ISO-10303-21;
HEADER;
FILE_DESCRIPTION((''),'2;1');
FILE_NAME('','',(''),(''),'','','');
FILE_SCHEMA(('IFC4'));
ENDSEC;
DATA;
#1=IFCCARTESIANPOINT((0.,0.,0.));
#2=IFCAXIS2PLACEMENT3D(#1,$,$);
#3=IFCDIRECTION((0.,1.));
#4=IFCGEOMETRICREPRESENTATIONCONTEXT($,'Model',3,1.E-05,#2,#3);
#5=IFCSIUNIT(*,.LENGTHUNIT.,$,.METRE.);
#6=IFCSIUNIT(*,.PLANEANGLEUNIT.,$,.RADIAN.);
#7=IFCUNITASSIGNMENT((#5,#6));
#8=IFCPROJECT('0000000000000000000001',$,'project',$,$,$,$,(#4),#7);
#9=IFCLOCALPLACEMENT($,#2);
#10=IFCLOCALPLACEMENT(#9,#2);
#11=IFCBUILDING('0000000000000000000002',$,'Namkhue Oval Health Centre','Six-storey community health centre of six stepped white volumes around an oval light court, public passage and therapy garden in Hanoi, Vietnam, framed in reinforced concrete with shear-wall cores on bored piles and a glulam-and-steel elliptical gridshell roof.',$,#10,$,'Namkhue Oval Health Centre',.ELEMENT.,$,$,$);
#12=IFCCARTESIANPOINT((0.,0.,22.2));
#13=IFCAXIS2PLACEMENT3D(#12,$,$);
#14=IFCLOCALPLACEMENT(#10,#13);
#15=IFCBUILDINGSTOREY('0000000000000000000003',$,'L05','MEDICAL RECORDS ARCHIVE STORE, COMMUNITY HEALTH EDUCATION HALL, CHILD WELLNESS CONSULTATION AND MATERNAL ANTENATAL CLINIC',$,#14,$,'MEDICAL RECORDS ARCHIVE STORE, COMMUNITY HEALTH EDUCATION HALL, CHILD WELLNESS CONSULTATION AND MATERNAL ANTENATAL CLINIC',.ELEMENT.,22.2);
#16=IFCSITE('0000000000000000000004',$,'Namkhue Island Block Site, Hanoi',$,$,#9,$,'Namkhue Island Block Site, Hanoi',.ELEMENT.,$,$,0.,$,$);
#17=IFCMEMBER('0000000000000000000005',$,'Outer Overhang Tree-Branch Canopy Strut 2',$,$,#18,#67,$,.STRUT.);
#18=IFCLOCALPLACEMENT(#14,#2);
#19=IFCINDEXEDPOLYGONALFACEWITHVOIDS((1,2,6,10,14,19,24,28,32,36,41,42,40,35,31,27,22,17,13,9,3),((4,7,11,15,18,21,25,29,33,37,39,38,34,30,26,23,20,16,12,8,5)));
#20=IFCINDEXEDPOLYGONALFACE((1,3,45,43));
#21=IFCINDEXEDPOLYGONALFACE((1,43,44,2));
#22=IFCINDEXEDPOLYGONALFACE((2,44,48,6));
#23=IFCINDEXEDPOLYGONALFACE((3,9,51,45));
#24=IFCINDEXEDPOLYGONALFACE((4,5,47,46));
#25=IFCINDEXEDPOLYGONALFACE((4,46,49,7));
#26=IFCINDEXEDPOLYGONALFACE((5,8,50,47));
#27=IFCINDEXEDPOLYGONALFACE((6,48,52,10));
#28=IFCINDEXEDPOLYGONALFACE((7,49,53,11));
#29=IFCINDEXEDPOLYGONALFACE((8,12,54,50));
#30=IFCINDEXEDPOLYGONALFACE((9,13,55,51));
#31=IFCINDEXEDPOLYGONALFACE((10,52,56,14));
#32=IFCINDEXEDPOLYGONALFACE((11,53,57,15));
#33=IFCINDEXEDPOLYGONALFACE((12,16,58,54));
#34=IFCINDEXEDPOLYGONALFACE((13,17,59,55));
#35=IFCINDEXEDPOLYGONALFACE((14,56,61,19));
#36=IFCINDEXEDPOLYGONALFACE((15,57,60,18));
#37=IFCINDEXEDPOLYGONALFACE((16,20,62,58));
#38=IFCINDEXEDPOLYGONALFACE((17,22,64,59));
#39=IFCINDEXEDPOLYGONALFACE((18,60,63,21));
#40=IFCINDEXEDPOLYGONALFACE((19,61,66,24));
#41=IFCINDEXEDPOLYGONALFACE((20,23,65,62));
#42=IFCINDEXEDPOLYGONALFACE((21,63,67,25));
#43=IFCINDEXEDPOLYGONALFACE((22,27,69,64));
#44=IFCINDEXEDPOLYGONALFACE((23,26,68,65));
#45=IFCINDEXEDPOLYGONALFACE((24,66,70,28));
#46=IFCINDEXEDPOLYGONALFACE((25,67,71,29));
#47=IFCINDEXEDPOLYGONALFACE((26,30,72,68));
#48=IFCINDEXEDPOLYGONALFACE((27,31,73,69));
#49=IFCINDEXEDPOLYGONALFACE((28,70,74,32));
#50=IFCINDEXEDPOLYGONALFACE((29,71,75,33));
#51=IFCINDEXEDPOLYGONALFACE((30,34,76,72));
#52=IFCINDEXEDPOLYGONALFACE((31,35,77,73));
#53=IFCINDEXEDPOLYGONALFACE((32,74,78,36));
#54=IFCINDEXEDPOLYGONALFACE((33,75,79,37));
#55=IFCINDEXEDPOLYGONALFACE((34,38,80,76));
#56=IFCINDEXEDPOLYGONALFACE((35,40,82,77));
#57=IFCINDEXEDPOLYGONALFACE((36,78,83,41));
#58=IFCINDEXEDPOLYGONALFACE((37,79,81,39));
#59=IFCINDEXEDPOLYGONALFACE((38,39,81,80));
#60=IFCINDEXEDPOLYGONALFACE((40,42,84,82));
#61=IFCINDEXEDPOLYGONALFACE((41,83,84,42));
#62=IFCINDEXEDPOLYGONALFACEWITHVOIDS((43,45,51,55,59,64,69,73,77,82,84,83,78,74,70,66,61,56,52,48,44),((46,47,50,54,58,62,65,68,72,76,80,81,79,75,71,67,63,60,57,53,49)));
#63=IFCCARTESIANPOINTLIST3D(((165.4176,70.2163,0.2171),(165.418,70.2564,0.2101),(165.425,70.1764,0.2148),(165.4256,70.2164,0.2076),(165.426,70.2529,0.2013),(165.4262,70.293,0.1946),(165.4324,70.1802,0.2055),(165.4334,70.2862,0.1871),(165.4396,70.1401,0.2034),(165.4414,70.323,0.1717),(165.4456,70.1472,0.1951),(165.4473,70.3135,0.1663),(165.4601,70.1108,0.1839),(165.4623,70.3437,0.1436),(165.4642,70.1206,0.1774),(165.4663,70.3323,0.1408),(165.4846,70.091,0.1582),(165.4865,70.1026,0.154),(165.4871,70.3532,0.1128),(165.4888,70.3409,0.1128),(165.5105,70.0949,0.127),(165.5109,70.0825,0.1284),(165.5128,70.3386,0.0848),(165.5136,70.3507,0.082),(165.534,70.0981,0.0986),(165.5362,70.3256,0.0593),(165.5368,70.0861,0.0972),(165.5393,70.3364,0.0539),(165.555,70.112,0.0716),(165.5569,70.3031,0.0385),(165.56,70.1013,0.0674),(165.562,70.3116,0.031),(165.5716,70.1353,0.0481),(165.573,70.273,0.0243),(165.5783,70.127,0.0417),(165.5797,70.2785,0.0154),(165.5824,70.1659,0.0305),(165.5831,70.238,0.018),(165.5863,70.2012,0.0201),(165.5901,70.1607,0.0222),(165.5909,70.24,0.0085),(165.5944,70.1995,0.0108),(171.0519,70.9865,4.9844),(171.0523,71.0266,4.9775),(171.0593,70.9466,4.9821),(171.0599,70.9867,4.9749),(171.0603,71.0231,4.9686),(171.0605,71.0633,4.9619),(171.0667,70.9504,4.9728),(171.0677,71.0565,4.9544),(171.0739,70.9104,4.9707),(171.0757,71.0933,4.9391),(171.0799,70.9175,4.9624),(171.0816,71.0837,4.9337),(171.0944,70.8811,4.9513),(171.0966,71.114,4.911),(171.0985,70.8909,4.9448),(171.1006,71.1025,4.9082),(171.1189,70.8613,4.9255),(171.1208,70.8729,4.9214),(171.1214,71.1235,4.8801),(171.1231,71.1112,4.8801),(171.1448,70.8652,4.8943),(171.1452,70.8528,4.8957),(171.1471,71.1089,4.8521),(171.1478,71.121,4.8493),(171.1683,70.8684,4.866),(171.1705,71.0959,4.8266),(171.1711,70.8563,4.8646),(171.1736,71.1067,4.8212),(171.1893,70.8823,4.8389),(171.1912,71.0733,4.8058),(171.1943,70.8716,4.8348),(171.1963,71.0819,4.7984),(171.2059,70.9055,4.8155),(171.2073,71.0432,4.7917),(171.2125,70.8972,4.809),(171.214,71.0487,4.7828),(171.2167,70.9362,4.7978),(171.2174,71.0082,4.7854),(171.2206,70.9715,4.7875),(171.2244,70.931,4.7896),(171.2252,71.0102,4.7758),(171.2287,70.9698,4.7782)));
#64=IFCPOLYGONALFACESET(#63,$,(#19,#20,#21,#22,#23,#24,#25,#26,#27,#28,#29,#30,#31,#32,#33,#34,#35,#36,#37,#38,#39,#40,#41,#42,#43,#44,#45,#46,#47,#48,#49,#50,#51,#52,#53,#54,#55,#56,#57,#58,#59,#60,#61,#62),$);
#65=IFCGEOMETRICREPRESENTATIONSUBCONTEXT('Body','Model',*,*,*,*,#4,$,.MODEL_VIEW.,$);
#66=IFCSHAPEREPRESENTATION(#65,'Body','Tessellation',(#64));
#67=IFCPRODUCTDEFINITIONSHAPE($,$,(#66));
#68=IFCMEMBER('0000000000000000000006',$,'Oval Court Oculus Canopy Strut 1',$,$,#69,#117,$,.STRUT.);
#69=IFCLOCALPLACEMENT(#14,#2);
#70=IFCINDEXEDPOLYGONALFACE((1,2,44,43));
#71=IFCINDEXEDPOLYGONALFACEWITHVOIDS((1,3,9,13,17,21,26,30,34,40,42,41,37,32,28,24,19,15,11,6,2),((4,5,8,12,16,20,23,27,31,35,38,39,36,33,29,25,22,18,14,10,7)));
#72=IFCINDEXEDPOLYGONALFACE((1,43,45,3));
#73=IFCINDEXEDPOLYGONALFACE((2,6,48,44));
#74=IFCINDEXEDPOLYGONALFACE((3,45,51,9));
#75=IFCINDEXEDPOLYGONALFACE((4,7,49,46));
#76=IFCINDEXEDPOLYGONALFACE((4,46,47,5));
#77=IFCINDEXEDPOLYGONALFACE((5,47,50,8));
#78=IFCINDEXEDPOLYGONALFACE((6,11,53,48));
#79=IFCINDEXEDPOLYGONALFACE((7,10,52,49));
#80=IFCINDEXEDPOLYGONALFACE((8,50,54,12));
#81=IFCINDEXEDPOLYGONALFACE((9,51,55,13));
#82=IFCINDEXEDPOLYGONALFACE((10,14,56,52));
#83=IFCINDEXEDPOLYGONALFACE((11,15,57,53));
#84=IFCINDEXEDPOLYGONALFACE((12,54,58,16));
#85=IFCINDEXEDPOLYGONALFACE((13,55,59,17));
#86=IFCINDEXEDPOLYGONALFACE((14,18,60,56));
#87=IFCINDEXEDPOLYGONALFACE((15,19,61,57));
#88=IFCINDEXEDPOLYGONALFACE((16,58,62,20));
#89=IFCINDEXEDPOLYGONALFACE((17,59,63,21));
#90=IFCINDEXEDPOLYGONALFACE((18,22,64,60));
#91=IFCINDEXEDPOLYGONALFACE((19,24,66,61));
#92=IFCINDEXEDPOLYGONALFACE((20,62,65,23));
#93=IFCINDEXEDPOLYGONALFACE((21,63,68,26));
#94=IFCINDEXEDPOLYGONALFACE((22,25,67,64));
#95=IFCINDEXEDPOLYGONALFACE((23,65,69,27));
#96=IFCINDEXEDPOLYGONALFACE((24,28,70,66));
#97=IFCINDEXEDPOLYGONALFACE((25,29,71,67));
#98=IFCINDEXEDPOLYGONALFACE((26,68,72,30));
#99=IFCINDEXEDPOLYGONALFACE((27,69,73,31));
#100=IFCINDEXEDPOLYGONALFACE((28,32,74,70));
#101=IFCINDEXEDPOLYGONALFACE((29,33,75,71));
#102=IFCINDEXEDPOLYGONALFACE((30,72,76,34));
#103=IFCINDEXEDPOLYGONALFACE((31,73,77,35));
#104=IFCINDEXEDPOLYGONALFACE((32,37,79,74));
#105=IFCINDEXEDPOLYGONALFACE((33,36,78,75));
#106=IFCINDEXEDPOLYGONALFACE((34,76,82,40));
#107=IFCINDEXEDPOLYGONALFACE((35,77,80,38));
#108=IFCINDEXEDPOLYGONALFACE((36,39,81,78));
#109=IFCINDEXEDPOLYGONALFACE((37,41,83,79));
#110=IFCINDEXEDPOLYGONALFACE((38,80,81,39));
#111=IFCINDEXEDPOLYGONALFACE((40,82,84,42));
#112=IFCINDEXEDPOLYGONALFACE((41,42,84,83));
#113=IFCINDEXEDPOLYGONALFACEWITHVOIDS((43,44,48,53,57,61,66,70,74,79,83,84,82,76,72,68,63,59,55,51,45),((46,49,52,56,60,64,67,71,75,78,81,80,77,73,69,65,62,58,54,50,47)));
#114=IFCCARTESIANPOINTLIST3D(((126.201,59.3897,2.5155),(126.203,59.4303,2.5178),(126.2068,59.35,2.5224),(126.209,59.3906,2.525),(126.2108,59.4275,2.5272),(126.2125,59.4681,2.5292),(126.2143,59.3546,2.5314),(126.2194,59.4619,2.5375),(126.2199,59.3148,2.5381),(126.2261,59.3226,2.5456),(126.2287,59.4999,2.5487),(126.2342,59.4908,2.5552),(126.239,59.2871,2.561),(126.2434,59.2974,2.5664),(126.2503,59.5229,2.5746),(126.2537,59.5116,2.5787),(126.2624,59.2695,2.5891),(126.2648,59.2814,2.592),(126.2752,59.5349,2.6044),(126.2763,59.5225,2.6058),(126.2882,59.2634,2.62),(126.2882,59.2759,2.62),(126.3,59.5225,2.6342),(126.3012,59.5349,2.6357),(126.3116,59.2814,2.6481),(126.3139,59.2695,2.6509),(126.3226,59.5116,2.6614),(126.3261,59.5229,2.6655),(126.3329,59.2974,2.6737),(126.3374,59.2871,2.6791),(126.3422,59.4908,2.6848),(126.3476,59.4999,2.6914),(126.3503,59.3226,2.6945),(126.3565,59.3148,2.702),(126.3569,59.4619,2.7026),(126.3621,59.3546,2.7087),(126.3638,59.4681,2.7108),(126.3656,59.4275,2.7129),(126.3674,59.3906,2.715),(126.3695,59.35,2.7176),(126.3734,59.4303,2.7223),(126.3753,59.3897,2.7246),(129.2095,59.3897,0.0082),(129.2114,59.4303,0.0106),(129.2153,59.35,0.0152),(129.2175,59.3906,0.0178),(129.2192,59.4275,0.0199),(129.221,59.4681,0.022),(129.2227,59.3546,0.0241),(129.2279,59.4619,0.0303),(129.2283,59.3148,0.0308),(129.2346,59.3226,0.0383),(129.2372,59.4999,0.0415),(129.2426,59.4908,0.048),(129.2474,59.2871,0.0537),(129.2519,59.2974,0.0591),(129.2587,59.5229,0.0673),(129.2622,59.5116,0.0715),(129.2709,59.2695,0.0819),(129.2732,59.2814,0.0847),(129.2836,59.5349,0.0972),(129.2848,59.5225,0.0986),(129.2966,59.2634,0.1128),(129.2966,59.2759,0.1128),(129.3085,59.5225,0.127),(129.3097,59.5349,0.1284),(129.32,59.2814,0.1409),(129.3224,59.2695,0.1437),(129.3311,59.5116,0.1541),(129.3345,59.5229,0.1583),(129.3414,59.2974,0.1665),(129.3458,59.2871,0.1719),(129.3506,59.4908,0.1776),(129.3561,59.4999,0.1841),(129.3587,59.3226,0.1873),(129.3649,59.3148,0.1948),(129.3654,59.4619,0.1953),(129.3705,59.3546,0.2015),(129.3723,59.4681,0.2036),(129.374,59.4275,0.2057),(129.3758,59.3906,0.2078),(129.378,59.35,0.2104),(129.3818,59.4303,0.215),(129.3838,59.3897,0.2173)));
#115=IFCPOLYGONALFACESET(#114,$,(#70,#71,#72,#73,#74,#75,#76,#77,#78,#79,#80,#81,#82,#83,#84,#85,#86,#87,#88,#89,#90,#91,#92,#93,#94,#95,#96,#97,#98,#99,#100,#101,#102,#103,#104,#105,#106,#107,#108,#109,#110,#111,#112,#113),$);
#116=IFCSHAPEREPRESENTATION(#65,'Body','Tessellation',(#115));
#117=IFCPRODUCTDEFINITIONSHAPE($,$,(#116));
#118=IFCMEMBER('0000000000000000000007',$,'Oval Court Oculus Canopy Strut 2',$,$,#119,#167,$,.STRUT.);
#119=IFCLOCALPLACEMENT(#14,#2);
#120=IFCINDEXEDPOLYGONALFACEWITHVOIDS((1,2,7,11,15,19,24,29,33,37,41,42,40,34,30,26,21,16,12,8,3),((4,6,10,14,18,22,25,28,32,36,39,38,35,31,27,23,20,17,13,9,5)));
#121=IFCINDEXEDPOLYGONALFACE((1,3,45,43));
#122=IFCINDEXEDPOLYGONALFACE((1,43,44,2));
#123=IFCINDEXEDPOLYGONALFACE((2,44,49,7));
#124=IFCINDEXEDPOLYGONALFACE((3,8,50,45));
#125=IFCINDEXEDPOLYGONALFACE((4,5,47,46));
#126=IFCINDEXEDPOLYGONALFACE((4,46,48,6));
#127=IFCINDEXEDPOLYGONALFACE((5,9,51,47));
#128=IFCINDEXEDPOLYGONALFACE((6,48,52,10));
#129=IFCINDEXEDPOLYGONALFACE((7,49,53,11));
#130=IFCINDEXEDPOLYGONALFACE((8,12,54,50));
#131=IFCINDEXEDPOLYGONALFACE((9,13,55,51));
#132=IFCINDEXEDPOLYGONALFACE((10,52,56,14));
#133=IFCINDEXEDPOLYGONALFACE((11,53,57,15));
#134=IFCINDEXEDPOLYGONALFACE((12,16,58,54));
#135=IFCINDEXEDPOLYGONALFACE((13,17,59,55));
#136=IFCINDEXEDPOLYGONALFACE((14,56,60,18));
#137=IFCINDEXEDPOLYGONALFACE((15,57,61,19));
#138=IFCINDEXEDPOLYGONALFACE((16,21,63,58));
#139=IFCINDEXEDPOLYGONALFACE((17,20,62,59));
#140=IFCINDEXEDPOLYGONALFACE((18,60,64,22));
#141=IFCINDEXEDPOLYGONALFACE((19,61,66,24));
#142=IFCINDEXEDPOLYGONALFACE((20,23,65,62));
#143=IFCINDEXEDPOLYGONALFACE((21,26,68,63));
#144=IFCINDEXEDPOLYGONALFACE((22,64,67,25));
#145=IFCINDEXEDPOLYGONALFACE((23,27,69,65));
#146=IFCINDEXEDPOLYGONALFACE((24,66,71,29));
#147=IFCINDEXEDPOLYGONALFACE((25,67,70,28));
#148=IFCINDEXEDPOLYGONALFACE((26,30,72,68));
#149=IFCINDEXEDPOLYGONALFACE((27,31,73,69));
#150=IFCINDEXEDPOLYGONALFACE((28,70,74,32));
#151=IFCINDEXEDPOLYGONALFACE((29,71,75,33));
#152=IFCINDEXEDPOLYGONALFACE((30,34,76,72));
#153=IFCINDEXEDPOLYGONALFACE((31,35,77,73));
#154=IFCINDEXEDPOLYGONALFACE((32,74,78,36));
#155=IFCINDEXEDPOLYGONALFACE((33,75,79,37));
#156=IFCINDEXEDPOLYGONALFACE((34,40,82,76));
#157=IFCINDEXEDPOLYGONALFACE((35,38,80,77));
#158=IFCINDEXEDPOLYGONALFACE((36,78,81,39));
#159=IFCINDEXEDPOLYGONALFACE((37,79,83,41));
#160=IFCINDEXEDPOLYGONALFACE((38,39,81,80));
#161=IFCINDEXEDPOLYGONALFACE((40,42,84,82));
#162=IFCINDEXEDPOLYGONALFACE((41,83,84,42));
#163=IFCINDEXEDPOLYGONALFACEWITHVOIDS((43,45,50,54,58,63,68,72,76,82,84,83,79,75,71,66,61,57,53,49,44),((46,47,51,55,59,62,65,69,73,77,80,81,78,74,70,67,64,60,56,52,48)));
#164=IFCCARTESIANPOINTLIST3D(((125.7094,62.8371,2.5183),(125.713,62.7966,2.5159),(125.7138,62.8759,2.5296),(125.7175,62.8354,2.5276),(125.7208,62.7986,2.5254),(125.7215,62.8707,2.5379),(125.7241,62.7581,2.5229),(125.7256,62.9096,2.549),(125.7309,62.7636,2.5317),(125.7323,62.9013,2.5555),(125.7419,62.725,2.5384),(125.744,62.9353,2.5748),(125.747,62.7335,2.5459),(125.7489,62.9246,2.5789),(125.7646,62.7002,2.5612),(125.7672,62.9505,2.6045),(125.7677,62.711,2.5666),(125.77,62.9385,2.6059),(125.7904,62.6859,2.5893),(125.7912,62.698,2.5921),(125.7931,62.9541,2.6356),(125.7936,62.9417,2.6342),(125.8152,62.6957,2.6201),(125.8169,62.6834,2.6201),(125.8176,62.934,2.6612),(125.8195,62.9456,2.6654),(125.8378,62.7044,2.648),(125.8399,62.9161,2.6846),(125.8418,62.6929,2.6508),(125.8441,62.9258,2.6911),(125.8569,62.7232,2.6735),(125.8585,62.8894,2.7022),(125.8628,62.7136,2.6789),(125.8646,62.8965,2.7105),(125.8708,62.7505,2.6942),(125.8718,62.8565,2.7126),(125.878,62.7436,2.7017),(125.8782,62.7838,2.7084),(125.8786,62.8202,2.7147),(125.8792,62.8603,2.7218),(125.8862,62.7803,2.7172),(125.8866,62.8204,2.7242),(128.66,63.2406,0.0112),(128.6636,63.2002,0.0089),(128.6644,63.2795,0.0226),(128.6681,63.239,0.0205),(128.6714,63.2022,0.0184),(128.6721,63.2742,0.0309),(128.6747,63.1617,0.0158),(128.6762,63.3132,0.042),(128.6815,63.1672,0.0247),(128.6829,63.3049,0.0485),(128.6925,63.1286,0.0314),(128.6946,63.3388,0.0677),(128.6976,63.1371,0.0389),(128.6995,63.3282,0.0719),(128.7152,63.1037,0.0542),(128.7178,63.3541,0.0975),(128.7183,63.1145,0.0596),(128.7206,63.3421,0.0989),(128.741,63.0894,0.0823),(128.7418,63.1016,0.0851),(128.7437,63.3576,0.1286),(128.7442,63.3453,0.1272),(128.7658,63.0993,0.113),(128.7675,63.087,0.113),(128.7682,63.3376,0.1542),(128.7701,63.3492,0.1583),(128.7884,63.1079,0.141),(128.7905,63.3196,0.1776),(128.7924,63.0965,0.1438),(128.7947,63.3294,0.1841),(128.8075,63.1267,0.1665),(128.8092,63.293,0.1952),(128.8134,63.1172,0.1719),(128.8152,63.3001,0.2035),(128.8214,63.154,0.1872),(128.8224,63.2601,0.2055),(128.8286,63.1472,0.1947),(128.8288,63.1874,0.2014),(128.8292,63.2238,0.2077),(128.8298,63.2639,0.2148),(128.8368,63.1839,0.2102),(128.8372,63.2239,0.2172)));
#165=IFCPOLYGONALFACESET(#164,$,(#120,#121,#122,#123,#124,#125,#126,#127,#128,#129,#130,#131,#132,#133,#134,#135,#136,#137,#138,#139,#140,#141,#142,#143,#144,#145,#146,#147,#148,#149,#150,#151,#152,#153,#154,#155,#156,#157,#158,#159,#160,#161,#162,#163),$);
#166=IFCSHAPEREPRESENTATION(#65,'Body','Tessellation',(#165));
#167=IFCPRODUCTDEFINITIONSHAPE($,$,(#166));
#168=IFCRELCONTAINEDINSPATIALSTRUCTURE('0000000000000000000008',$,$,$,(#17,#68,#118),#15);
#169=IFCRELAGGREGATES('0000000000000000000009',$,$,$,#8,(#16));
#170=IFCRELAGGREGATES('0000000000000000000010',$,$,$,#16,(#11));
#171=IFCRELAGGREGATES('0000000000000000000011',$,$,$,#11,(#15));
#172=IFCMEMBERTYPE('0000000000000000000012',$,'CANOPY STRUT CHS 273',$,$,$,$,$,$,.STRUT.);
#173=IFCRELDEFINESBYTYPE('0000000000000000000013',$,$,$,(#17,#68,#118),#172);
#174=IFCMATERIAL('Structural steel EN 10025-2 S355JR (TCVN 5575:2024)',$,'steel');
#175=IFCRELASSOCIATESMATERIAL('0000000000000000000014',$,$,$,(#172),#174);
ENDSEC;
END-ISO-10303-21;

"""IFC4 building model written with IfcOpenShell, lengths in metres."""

from ifc_helpers import new_model, si_unit, direction, frame, origin, origin_2d, place, context, subcontext, project, spatial, hollow_circle, extrude, material, material_profile, profile_set, type_object, element, save


model = new_model("IFC4")

# Units and contexts
model_context = context("Model", 3, precision=1e-05, world=origin(), true_north=direction((0.0, 1.0)))
body_context = subcontext(model_context, "Body", "Model", "MODEL_VIEW")
ifc_project = project(units=[si_unit("LENGTHUNIT", "METRE"), si_unit("PLANEANGLEUNIT", "RADIAN")], contexts=[model_context])

# Site, building, storey
site_placement = place(None, origin())
site = spatial("IfcSite", under=ifc_project, at=site_placement, Name="Namkhue Island Block Site, Hanoi", LongName="Namkhue Island Block Site, Hanoi", CompositionType="ELEMENT", RefElevation=0.0)
building_placement = place(site_placement, origin())
building = spatial("IfcBuilding", under=site, at=building_placement, Name="Namkhue Oval Health Centre", Description="Six-storey community health centre of six stepped white volumes around an oval light court, public passage and therapy garden in Hanoi, Vietnam, framed in reinforced concrete with shear-wall cores on bored piles and a glulam-and-steel elliptical gridshell roof.", LongName="Namkhue Oval Health Centre", CompositionType="ELEMENT")
storey_placement = place(building_placement, frame((0.0, 0.0, 22.2)))
storey = spatial("IfcBuildingStorey", under=building, at=storey_placement, Name="L05", Description="MEDICAL RECORDS ARCHIVE STORE, COMMUNITY HEALTH EDUCATION HALL, CHILD WELLNESS CONSULTATION AND MATERNAL ANTENATAL CLINIC", LongName="MEDICAL RECORDS ARCHIVE STORE, COMMUNITY HEALTH EDUCATION HALL, CHILD WELLNESS CONSULTATION AND MATERNAL ANTENATAL CLINIC", CompositionType="ELEMENT", Elevation=22.2)

# Members
ifc_material_1 = material(Name="Structural steel EN 10025-2 S355JR (TCVN 5575:2024)", Category="steel")
ifc_material_profile_1 = material_profile(ifc_material_1, hollow_circle(Radius=0.1365, WallThickness=0.0125, at=origin_2d()), Name="CHS 273x12.5")
ifc_profile_set_1 = profile_set([ifc_material_profile_1], Name="Structural steel EN 10025-2 S355JR (TCVN 5575:2024)")
member_type_1 = type_object("IfcMemberType", Name="CANOPY STRUT CHS 273", PredefinedType="STRUT", material=ifc_profile_set_1)
member_1_placement = place(storey_placement, frame((165.5056, 70.218, 0.1128), z_axis=(0.759271, 0.1038, 0.642443), x_axis=(-0.13545, 0.990784, 0.0)))
element("IfcMember", 1, at=member_1_placement, inside=storey, type_object=member_type_1, Name="Outer Overhang Tree-Branch Canopy Strut 2", PredefinedType="STRUT", context=body_context, shape_type="SweptSolid", body=[
    extrude(hollow_circle(Radius=0.1365, WallThickness=0.0125, at=origin_2d()), origin(), (0.0, 0.0, 1.0), 7.4207),
])
member_2_placement = place(storey_placement, frame((129.2966, 59.3999, 0.1128), z_axis=(-0.768196, 0.0, 0.640215), x_axis=(0.0, -1.0, 0.0)))
element("IfcMember", 2, at=member_2_placement, inside=storey, type_object=member_type_1, Name="Oval Court Oculus Canopy Strut 1", PredefinedType="STRUT", context=body_context, shape_type="SweptSolid", body=[
    extrude(hollow_circle(Radius=0.1365, WallThickness=0.0125, at=origin_2d()), origin(), (0.0, 0.0, 1.0), 3.9163),
])
for number, where, z_axis, x_axis, name in (
    (3, (128.749, 63.2222, 0.113), (-0.757961, -0.103666, 0.64401), (0.135508, -0.990776, 0.0), "Oval Court Oculus Canopy Strut 2"),
):
    element("IfcMember", number, at=place(storey_placement, frame(where, z_axis=z_axis, x_axis=x_axis)), inside=storey, type_object=member_type_1, Name=name, PredefinedType="STRUT", context=body_context, shape_type="SweptSolid", body=[
        extrude(hollow_circle(Radius=0.1365, WallThickness=0.0125, at=origin_2d()), origin(), (0.0, 0.0, 1.0), 3.8928),
    ])

save(model, "model.ifc")
